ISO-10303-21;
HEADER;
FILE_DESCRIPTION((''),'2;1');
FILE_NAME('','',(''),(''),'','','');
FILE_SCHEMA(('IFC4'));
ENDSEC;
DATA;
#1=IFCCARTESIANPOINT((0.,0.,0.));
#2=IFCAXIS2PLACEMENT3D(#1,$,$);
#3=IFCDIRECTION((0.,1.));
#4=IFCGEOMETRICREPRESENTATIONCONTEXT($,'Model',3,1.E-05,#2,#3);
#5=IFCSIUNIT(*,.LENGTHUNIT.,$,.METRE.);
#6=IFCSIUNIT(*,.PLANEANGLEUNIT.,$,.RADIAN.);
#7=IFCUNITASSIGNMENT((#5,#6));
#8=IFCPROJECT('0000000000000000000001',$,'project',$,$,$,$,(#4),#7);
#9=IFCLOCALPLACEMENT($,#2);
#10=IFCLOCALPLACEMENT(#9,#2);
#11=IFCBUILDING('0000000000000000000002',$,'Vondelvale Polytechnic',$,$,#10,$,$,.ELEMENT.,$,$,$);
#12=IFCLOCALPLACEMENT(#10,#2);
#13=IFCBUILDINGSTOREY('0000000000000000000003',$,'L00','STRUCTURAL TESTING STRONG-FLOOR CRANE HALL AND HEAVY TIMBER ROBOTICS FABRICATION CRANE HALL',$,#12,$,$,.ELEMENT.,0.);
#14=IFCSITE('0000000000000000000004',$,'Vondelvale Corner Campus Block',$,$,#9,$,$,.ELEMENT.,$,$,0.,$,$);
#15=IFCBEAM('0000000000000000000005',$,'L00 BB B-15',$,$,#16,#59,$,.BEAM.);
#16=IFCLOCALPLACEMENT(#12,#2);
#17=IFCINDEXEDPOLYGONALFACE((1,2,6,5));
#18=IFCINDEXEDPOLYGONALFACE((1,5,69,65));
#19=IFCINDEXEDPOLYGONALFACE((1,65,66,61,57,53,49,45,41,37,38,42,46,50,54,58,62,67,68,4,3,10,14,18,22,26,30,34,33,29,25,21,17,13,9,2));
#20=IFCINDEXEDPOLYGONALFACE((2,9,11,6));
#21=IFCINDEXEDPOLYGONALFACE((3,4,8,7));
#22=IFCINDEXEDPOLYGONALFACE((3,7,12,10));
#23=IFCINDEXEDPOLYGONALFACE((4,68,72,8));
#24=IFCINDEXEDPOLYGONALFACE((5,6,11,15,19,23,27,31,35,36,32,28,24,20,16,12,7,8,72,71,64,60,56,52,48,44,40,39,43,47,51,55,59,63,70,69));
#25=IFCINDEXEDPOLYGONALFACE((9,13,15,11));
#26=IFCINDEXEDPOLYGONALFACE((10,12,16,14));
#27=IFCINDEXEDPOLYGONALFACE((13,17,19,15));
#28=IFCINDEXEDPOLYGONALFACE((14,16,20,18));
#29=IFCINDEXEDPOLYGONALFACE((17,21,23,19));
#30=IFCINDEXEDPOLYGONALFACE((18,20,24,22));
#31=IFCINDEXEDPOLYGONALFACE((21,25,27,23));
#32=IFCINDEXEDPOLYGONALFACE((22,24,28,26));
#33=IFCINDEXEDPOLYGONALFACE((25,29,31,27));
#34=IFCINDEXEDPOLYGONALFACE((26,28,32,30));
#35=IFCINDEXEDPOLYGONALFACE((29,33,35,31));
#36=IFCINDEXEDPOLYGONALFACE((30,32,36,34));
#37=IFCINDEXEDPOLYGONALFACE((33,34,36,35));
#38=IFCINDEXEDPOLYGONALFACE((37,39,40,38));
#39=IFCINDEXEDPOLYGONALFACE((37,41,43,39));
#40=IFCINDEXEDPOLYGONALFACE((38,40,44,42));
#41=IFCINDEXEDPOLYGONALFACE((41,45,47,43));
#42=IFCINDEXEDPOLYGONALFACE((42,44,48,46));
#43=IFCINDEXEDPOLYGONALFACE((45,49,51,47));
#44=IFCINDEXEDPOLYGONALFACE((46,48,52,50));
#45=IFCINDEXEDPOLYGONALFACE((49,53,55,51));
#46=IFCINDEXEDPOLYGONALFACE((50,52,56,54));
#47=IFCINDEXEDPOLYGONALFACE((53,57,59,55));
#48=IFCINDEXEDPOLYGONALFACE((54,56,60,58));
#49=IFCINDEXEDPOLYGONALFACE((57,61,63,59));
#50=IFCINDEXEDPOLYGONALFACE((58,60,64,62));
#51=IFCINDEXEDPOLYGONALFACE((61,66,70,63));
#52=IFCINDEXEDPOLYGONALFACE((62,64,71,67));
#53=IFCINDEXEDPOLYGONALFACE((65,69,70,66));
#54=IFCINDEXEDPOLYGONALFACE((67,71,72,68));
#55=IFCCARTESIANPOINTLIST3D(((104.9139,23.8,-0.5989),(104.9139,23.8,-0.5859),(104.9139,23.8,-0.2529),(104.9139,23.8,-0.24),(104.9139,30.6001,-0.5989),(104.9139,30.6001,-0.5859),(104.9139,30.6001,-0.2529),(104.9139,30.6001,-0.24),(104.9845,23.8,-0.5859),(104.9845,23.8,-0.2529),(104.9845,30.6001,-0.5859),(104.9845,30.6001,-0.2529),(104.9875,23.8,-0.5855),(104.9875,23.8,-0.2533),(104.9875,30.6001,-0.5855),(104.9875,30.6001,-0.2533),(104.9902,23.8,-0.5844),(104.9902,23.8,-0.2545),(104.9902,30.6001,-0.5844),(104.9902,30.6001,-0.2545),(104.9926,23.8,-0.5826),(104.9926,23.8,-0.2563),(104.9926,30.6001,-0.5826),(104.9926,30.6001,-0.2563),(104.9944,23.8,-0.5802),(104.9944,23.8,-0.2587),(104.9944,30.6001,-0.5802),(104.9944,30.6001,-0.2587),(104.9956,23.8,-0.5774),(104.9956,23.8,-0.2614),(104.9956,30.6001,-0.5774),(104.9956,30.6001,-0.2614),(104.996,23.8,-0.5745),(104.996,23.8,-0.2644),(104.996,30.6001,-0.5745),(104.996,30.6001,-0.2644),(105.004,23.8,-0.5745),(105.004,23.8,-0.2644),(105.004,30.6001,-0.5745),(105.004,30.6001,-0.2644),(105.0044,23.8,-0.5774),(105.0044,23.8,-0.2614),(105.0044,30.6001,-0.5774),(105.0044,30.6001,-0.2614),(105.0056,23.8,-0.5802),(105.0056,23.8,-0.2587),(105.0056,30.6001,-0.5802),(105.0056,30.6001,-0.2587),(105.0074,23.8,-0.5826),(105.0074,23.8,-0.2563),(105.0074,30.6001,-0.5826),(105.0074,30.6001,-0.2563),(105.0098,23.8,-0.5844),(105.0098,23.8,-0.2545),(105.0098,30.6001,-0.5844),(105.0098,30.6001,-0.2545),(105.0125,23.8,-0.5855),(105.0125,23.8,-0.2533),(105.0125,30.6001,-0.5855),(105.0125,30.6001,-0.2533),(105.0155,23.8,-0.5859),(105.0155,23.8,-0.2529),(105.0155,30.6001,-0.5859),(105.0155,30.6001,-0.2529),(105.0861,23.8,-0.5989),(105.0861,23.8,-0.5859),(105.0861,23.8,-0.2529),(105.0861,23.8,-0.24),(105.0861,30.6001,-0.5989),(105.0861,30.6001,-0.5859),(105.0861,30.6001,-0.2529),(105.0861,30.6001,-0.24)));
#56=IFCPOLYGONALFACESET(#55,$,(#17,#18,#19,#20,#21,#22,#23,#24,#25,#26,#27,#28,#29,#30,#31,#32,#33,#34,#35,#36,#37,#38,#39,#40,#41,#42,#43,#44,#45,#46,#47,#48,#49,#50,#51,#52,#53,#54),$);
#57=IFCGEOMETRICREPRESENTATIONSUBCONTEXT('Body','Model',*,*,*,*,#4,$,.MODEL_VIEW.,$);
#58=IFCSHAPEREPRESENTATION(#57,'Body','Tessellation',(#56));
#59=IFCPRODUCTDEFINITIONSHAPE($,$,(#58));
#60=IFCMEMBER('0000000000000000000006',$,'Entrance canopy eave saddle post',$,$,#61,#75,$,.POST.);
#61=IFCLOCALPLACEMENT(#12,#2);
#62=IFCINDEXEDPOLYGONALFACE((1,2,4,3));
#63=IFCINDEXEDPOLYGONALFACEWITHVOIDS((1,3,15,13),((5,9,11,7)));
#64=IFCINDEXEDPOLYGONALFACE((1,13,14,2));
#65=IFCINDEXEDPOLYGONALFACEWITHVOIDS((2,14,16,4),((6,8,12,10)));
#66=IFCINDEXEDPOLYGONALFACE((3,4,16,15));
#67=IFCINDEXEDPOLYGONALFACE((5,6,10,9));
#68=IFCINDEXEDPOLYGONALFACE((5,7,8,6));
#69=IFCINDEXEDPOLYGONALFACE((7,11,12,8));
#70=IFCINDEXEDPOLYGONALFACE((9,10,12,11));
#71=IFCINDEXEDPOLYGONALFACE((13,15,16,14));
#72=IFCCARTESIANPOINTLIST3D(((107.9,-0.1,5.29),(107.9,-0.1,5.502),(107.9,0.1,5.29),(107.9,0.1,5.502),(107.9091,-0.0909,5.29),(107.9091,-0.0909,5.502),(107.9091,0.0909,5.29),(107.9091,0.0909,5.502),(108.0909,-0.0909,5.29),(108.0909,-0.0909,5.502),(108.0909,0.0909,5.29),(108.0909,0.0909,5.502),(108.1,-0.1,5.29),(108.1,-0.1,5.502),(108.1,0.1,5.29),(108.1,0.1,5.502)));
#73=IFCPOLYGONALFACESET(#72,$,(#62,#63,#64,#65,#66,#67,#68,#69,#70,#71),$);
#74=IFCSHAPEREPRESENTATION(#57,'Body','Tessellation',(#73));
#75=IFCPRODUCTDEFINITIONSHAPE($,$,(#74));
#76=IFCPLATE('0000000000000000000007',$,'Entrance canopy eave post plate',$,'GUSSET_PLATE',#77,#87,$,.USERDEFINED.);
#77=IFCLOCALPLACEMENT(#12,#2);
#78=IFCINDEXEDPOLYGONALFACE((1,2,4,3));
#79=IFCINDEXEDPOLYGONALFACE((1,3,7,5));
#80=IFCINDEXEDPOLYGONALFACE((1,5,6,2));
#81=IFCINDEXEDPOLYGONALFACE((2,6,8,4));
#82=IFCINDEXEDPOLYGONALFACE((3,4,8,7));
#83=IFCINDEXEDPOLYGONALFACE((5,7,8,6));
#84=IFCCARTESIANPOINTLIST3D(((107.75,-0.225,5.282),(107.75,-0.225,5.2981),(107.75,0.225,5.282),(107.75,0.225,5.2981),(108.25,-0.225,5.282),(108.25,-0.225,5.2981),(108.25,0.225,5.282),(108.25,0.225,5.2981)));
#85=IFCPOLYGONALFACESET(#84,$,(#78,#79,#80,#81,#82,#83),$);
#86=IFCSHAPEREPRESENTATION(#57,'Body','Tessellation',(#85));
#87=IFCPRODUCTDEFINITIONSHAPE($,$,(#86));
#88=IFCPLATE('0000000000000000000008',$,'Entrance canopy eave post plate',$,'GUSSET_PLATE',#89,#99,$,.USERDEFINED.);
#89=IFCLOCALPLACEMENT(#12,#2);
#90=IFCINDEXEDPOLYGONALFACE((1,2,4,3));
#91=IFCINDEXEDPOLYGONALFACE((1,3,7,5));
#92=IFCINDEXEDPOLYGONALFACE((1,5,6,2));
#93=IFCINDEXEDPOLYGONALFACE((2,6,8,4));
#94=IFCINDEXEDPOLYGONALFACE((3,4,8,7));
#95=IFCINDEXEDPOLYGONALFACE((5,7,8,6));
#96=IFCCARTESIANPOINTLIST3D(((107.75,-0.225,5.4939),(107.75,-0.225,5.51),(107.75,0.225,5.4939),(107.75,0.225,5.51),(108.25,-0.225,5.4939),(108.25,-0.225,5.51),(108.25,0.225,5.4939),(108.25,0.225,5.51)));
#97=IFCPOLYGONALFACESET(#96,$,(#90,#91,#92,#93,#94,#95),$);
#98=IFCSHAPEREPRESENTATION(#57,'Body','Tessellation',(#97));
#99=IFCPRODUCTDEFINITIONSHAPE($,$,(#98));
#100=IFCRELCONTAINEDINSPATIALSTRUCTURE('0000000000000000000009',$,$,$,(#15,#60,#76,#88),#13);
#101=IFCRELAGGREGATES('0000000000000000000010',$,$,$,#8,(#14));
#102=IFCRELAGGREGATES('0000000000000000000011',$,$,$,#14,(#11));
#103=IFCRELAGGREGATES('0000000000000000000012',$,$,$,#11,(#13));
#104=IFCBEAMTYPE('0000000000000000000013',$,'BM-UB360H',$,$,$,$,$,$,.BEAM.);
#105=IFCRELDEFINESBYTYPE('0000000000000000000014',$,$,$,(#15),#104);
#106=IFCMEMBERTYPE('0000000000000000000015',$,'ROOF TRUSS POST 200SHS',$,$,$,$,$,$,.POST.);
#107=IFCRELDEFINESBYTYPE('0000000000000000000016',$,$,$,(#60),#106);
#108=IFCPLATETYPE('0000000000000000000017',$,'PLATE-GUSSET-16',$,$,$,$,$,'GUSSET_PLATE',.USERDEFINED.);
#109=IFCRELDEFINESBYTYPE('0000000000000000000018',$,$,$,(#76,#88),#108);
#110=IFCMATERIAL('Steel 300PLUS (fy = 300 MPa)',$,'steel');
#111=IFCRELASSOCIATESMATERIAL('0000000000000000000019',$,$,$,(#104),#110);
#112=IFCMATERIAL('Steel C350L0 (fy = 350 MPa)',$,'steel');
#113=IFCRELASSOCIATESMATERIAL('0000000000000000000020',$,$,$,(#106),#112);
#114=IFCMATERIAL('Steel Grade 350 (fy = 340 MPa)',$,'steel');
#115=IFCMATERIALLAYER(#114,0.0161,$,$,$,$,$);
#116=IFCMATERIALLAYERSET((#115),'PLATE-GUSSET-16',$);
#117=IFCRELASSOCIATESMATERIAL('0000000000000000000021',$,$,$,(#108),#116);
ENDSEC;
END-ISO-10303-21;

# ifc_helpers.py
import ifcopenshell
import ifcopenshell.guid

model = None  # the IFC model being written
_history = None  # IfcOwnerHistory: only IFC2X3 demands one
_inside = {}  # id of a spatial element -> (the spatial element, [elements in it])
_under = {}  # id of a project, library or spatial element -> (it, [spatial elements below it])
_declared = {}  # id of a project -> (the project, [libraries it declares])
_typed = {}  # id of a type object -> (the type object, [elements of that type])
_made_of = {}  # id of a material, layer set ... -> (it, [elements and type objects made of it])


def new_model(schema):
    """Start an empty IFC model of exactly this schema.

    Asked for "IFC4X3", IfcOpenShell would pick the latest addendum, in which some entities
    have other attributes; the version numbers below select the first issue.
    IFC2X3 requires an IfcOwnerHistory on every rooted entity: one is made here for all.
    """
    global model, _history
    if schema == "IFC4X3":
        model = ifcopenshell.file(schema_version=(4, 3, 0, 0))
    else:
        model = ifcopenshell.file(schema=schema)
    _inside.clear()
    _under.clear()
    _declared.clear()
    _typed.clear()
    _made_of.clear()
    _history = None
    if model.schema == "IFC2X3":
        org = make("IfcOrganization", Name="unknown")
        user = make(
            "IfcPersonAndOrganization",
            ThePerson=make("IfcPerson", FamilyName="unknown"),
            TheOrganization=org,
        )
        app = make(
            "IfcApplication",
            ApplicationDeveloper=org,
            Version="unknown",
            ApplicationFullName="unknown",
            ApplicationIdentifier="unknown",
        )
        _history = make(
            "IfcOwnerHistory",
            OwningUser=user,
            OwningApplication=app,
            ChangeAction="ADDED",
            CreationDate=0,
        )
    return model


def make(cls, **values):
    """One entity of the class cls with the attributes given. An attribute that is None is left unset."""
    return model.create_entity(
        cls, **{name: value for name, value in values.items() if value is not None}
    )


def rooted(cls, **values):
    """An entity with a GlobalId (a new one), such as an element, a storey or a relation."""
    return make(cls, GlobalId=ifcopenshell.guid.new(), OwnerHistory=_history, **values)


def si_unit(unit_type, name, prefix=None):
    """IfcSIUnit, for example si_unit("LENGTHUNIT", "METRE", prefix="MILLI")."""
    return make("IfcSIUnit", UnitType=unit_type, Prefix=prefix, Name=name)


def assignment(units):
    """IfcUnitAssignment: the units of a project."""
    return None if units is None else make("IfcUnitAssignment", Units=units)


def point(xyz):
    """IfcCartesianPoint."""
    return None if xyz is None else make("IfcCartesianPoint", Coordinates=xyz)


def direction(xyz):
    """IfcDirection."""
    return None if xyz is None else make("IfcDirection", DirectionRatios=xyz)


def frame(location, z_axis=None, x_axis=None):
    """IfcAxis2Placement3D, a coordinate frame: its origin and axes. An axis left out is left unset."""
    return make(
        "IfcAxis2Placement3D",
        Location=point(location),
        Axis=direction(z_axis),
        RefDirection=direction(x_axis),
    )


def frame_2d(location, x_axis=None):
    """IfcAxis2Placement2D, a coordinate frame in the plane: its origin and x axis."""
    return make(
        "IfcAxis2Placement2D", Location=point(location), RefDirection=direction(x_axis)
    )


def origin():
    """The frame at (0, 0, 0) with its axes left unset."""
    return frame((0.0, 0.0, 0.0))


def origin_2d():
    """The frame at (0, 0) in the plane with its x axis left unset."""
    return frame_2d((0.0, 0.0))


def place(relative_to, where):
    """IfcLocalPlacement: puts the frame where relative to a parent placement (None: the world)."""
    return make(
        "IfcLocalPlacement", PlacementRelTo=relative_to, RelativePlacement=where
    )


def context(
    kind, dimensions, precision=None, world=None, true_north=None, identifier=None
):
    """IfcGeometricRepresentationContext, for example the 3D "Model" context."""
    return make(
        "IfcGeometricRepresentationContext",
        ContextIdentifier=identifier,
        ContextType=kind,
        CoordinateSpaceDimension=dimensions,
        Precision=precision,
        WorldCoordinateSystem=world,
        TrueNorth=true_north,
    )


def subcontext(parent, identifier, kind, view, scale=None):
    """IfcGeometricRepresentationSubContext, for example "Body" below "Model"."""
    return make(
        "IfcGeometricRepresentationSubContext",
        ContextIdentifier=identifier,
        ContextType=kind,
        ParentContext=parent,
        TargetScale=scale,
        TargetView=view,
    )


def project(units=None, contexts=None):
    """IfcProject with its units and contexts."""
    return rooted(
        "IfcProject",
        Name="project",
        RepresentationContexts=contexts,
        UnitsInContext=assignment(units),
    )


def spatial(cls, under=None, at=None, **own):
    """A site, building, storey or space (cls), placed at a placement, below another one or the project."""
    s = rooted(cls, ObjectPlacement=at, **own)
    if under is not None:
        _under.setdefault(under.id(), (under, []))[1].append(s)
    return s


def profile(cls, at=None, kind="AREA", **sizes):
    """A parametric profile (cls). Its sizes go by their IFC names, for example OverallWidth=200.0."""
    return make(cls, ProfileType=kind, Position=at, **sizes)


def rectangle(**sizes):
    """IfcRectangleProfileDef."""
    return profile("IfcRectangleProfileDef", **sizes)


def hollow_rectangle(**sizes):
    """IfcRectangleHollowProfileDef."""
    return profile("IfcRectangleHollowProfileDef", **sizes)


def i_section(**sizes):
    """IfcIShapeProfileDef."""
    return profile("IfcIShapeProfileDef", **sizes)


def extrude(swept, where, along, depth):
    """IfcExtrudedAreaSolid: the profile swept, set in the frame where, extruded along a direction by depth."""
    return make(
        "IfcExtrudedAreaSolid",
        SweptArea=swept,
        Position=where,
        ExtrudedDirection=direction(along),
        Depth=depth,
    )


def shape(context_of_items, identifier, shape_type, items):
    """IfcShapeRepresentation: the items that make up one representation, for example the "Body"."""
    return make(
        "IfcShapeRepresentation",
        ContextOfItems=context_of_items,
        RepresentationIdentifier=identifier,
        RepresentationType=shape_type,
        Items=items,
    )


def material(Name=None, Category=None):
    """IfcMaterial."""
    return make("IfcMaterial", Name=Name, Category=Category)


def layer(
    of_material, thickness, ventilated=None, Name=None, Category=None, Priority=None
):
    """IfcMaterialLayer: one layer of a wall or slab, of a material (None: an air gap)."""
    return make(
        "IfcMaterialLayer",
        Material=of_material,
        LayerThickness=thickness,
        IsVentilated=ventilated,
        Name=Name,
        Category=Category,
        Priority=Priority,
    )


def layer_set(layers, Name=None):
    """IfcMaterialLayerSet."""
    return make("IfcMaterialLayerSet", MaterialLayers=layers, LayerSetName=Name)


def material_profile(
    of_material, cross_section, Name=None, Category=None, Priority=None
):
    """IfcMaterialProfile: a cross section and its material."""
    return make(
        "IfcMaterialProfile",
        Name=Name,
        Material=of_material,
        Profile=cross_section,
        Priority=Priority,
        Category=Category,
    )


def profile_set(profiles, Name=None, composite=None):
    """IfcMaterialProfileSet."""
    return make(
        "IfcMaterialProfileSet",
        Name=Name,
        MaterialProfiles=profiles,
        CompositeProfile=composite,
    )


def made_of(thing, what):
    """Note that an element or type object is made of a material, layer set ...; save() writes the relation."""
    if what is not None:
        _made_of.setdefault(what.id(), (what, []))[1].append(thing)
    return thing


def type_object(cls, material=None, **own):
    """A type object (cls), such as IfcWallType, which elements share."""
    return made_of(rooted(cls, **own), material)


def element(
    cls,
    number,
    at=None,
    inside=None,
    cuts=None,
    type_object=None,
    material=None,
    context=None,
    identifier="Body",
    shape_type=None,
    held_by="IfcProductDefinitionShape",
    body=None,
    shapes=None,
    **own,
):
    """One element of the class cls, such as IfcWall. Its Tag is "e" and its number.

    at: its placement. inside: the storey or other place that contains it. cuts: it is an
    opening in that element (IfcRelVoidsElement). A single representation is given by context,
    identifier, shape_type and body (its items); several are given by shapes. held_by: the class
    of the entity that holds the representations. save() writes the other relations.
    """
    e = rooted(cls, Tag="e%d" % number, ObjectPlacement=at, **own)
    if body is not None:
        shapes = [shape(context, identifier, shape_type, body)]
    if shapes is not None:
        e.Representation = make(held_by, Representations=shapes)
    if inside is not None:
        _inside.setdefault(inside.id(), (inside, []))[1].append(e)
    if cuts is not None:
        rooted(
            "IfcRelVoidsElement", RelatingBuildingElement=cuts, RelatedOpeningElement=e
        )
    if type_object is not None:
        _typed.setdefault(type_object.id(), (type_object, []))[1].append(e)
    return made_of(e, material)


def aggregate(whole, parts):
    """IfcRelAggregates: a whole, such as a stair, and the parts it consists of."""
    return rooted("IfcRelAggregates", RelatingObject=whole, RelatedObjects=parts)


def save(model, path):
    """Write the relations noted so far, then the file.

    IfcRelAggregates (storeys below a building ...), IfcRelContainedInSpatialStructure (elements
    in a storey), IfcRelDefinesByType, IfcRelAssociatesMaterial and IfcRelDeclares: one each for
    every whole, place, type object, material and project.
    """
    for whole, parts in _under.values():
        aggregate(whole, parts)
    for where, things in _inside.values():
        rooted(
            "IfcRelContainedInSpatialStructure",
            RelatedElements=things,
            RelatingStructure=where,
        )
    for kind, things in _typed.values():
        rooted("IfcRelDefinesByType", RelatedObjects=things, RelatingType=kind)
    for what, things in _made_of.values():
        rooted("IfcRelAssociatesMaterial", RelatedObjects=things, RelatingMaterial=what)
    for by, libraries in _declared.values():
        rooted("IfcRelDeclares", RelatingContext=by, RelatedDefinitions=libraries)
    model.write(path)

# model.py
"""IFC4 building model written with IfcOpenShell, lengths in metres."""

from ifc_helpers import new_model, si_unit, direction, frame, origin, origin_2d, place, context, subcontext, project, spatial, rectangle, hollow_rectangle, i_section, extrude, material, layer, layer_set, material_profile, profile_set, type_object, element, save


model = new_model("IFC4")

# Units and contexts
model_context = context("Model", 3, precision=1e-05, world=origin(), true_north=direction((0.0, 1.0)))
body_context = subcontext(model_context, "Body", "Model", "MODEL_VIEW")
ifc_project = project(units=[si_unit("LENGTHUNIT", "METRE"), si_unit("PLANEANGLEUNIT", "RADIAN")], contexts=[model_context])

# Site, building, storey
site_placement = place(None, origin())
site = spatial("IfcSite", under=ifc_project, at=site_placement, Name="Vondelvale Corner Campus Block", CompositionType="ELEMENT", RefElevation=0.0)
building_placement = place(site_placement, origin())
building = spatial("IfcBuilding", under=site, at=building_placement, Name="Vondelvale Polytechnic", CompositionType="ELEMENT")
storey_placement = place(building_placement, origin())
storey = spatial("IfcBuildingStorey", under=building, at=storey_placement, Name="L00", Description="STRUCTURAL TESTING STRONG-FLOOR CRANE HALL AND HEAVY TIMBER ROBOTICS FABRICATION CRANE HALL", CompositionType="ELEMENT", Elevation=0.0)

# Shared definitions
ifc_material_1 = material(Name="Steel C350L0 (fy = 350 MPa)", Category="steel")
ifc_material_2 = material(Name="Steel 300PLUS (fy = 300 MPa)", Category="steel")

# Beam
ifc_material_profile_1 = material_profile(ifc_material_2, i_section(OverallWidth=0.1721, OverallDepth=0.3589, WebThickness=0.0081, FlangeThickness=0.0129, FilletRadius=0.0115, at=origin_2d()), Name="360UB56.7")
ifc_profile_set_1 = profile_set([ifc_material_profile_1], Name="Steel 300PLUS (fy = 300 MPa)")
beam_type_1 = type_object("IfcBeamType", Name="BM-UB360H", PredefinedType="BEAM", material=ifc_profile_set_1)
for number, where, z_axis, x_axis, name in (
    (1, (105.0, 23.8, -0.4194), (0.0, 1.0, 0.0), (-1.0, 0.0, 0.0), "L00 BB B-15"),
):
    element("IfcBeam", number, at=place(storey_placement, frame(where, z_axis=z_axis, x_axis=x_axis)), inside=storey, type_object=beam_type_1, Name=name, PredefinedType="BEAM", context=body_context, shape_type="SweptSolid", body=[
        extrude(i_section(OverallWidth=0.1721, OverallDepth=0.3589, WebThickness=0.0081, FlangeThickness=0.0129, FilletRadius=0.0115, at=origin_2d()), origin(), (0.0, 0.0, 1.0), 6.8),
    ])

# Member
ifc_material_profile_2 = material_profile(ifc_material_1, hollow_rectangle(XDim=0.2, YDim=0.2, WallThickness=0.009, at=origin_2d()), Name="200x200x9.0SHS")
ifc_profile_set_2 = profile_set([ifc_material_profile_2], Name="Steel C350L0 (fy = 350 MPa)")
member_type = type_object("IfcMemberType", Name="ROOF TRUSS POST 200SHS", PredefinedType="POST", material=ifc_profile_set_2)
member_placement = place(storey_placement, frame((108.0, 0.0, 5.29), z_axis=(0.0, 0.0, 1.0), x_axis=(1.0, 0.0, 0.0)))
element("IfcMember", 2, at=member_placement, inside=storey, type_object=member_type, Name="Entrance canopy eave saddle post", PredefinedType="POST", context=body_context, shape_type="SweptSolid", body=[
    extrude(hollow_rectangle(XDim=0.2, YDim=0.2, WallThickness=0.009, at=origin_2d()), origin(), (0.0, 0.0, 1.0), 0.2119),
])

# Plates
ifc_material_3 = material(Name="Steel Grade 350 (fy = 340 MPa)", Category="steel")
ifc_layer_1 = layer(ifc_material_3, 0.0161)
ifc_layer_set_1 = layer_set([ifc_layer_1], Name="PLATE-GUSSET-16")
plate_type = type_object("IfcPlateType", Name="PLATE-GUSSET-16", ElementType="GUSSET_PLATE", PredefinedType="USERDEFINED", material=ifc_layer_set_1)
for number, where, z_axis, x_axis, name in (
    (3, (108.0, 0.0, 5.282), (0.0, 0.0, 1.0), (1.0, 0.0, 0.0), "Entrance canopy eave post plate"),
    (4, (108.0, 0.0, 5.4939), (0.0, 0.0, 1.0), (1.0, 0.0, 0.0), "Entrance canopy eave post plate"),
):
    element("IfcPlate", number, at=place(storey_placement, frame(where, z_axis=z_axis, x_axis=x_axis)), inside=storey, type_object=plate_type, Name=name, ObjectType="GUSSET_PLATE", PredefinedType="USERDEFINED", context=body_context, shape_type="SweptSolid", body=[
        extrude(rectangle(XDim=0.5, YDim=0.45, at=origin_2d()), origin(), (0.0, 0.0, 1.0), 0.0161),
    ])

save(model, "model.ifc")
